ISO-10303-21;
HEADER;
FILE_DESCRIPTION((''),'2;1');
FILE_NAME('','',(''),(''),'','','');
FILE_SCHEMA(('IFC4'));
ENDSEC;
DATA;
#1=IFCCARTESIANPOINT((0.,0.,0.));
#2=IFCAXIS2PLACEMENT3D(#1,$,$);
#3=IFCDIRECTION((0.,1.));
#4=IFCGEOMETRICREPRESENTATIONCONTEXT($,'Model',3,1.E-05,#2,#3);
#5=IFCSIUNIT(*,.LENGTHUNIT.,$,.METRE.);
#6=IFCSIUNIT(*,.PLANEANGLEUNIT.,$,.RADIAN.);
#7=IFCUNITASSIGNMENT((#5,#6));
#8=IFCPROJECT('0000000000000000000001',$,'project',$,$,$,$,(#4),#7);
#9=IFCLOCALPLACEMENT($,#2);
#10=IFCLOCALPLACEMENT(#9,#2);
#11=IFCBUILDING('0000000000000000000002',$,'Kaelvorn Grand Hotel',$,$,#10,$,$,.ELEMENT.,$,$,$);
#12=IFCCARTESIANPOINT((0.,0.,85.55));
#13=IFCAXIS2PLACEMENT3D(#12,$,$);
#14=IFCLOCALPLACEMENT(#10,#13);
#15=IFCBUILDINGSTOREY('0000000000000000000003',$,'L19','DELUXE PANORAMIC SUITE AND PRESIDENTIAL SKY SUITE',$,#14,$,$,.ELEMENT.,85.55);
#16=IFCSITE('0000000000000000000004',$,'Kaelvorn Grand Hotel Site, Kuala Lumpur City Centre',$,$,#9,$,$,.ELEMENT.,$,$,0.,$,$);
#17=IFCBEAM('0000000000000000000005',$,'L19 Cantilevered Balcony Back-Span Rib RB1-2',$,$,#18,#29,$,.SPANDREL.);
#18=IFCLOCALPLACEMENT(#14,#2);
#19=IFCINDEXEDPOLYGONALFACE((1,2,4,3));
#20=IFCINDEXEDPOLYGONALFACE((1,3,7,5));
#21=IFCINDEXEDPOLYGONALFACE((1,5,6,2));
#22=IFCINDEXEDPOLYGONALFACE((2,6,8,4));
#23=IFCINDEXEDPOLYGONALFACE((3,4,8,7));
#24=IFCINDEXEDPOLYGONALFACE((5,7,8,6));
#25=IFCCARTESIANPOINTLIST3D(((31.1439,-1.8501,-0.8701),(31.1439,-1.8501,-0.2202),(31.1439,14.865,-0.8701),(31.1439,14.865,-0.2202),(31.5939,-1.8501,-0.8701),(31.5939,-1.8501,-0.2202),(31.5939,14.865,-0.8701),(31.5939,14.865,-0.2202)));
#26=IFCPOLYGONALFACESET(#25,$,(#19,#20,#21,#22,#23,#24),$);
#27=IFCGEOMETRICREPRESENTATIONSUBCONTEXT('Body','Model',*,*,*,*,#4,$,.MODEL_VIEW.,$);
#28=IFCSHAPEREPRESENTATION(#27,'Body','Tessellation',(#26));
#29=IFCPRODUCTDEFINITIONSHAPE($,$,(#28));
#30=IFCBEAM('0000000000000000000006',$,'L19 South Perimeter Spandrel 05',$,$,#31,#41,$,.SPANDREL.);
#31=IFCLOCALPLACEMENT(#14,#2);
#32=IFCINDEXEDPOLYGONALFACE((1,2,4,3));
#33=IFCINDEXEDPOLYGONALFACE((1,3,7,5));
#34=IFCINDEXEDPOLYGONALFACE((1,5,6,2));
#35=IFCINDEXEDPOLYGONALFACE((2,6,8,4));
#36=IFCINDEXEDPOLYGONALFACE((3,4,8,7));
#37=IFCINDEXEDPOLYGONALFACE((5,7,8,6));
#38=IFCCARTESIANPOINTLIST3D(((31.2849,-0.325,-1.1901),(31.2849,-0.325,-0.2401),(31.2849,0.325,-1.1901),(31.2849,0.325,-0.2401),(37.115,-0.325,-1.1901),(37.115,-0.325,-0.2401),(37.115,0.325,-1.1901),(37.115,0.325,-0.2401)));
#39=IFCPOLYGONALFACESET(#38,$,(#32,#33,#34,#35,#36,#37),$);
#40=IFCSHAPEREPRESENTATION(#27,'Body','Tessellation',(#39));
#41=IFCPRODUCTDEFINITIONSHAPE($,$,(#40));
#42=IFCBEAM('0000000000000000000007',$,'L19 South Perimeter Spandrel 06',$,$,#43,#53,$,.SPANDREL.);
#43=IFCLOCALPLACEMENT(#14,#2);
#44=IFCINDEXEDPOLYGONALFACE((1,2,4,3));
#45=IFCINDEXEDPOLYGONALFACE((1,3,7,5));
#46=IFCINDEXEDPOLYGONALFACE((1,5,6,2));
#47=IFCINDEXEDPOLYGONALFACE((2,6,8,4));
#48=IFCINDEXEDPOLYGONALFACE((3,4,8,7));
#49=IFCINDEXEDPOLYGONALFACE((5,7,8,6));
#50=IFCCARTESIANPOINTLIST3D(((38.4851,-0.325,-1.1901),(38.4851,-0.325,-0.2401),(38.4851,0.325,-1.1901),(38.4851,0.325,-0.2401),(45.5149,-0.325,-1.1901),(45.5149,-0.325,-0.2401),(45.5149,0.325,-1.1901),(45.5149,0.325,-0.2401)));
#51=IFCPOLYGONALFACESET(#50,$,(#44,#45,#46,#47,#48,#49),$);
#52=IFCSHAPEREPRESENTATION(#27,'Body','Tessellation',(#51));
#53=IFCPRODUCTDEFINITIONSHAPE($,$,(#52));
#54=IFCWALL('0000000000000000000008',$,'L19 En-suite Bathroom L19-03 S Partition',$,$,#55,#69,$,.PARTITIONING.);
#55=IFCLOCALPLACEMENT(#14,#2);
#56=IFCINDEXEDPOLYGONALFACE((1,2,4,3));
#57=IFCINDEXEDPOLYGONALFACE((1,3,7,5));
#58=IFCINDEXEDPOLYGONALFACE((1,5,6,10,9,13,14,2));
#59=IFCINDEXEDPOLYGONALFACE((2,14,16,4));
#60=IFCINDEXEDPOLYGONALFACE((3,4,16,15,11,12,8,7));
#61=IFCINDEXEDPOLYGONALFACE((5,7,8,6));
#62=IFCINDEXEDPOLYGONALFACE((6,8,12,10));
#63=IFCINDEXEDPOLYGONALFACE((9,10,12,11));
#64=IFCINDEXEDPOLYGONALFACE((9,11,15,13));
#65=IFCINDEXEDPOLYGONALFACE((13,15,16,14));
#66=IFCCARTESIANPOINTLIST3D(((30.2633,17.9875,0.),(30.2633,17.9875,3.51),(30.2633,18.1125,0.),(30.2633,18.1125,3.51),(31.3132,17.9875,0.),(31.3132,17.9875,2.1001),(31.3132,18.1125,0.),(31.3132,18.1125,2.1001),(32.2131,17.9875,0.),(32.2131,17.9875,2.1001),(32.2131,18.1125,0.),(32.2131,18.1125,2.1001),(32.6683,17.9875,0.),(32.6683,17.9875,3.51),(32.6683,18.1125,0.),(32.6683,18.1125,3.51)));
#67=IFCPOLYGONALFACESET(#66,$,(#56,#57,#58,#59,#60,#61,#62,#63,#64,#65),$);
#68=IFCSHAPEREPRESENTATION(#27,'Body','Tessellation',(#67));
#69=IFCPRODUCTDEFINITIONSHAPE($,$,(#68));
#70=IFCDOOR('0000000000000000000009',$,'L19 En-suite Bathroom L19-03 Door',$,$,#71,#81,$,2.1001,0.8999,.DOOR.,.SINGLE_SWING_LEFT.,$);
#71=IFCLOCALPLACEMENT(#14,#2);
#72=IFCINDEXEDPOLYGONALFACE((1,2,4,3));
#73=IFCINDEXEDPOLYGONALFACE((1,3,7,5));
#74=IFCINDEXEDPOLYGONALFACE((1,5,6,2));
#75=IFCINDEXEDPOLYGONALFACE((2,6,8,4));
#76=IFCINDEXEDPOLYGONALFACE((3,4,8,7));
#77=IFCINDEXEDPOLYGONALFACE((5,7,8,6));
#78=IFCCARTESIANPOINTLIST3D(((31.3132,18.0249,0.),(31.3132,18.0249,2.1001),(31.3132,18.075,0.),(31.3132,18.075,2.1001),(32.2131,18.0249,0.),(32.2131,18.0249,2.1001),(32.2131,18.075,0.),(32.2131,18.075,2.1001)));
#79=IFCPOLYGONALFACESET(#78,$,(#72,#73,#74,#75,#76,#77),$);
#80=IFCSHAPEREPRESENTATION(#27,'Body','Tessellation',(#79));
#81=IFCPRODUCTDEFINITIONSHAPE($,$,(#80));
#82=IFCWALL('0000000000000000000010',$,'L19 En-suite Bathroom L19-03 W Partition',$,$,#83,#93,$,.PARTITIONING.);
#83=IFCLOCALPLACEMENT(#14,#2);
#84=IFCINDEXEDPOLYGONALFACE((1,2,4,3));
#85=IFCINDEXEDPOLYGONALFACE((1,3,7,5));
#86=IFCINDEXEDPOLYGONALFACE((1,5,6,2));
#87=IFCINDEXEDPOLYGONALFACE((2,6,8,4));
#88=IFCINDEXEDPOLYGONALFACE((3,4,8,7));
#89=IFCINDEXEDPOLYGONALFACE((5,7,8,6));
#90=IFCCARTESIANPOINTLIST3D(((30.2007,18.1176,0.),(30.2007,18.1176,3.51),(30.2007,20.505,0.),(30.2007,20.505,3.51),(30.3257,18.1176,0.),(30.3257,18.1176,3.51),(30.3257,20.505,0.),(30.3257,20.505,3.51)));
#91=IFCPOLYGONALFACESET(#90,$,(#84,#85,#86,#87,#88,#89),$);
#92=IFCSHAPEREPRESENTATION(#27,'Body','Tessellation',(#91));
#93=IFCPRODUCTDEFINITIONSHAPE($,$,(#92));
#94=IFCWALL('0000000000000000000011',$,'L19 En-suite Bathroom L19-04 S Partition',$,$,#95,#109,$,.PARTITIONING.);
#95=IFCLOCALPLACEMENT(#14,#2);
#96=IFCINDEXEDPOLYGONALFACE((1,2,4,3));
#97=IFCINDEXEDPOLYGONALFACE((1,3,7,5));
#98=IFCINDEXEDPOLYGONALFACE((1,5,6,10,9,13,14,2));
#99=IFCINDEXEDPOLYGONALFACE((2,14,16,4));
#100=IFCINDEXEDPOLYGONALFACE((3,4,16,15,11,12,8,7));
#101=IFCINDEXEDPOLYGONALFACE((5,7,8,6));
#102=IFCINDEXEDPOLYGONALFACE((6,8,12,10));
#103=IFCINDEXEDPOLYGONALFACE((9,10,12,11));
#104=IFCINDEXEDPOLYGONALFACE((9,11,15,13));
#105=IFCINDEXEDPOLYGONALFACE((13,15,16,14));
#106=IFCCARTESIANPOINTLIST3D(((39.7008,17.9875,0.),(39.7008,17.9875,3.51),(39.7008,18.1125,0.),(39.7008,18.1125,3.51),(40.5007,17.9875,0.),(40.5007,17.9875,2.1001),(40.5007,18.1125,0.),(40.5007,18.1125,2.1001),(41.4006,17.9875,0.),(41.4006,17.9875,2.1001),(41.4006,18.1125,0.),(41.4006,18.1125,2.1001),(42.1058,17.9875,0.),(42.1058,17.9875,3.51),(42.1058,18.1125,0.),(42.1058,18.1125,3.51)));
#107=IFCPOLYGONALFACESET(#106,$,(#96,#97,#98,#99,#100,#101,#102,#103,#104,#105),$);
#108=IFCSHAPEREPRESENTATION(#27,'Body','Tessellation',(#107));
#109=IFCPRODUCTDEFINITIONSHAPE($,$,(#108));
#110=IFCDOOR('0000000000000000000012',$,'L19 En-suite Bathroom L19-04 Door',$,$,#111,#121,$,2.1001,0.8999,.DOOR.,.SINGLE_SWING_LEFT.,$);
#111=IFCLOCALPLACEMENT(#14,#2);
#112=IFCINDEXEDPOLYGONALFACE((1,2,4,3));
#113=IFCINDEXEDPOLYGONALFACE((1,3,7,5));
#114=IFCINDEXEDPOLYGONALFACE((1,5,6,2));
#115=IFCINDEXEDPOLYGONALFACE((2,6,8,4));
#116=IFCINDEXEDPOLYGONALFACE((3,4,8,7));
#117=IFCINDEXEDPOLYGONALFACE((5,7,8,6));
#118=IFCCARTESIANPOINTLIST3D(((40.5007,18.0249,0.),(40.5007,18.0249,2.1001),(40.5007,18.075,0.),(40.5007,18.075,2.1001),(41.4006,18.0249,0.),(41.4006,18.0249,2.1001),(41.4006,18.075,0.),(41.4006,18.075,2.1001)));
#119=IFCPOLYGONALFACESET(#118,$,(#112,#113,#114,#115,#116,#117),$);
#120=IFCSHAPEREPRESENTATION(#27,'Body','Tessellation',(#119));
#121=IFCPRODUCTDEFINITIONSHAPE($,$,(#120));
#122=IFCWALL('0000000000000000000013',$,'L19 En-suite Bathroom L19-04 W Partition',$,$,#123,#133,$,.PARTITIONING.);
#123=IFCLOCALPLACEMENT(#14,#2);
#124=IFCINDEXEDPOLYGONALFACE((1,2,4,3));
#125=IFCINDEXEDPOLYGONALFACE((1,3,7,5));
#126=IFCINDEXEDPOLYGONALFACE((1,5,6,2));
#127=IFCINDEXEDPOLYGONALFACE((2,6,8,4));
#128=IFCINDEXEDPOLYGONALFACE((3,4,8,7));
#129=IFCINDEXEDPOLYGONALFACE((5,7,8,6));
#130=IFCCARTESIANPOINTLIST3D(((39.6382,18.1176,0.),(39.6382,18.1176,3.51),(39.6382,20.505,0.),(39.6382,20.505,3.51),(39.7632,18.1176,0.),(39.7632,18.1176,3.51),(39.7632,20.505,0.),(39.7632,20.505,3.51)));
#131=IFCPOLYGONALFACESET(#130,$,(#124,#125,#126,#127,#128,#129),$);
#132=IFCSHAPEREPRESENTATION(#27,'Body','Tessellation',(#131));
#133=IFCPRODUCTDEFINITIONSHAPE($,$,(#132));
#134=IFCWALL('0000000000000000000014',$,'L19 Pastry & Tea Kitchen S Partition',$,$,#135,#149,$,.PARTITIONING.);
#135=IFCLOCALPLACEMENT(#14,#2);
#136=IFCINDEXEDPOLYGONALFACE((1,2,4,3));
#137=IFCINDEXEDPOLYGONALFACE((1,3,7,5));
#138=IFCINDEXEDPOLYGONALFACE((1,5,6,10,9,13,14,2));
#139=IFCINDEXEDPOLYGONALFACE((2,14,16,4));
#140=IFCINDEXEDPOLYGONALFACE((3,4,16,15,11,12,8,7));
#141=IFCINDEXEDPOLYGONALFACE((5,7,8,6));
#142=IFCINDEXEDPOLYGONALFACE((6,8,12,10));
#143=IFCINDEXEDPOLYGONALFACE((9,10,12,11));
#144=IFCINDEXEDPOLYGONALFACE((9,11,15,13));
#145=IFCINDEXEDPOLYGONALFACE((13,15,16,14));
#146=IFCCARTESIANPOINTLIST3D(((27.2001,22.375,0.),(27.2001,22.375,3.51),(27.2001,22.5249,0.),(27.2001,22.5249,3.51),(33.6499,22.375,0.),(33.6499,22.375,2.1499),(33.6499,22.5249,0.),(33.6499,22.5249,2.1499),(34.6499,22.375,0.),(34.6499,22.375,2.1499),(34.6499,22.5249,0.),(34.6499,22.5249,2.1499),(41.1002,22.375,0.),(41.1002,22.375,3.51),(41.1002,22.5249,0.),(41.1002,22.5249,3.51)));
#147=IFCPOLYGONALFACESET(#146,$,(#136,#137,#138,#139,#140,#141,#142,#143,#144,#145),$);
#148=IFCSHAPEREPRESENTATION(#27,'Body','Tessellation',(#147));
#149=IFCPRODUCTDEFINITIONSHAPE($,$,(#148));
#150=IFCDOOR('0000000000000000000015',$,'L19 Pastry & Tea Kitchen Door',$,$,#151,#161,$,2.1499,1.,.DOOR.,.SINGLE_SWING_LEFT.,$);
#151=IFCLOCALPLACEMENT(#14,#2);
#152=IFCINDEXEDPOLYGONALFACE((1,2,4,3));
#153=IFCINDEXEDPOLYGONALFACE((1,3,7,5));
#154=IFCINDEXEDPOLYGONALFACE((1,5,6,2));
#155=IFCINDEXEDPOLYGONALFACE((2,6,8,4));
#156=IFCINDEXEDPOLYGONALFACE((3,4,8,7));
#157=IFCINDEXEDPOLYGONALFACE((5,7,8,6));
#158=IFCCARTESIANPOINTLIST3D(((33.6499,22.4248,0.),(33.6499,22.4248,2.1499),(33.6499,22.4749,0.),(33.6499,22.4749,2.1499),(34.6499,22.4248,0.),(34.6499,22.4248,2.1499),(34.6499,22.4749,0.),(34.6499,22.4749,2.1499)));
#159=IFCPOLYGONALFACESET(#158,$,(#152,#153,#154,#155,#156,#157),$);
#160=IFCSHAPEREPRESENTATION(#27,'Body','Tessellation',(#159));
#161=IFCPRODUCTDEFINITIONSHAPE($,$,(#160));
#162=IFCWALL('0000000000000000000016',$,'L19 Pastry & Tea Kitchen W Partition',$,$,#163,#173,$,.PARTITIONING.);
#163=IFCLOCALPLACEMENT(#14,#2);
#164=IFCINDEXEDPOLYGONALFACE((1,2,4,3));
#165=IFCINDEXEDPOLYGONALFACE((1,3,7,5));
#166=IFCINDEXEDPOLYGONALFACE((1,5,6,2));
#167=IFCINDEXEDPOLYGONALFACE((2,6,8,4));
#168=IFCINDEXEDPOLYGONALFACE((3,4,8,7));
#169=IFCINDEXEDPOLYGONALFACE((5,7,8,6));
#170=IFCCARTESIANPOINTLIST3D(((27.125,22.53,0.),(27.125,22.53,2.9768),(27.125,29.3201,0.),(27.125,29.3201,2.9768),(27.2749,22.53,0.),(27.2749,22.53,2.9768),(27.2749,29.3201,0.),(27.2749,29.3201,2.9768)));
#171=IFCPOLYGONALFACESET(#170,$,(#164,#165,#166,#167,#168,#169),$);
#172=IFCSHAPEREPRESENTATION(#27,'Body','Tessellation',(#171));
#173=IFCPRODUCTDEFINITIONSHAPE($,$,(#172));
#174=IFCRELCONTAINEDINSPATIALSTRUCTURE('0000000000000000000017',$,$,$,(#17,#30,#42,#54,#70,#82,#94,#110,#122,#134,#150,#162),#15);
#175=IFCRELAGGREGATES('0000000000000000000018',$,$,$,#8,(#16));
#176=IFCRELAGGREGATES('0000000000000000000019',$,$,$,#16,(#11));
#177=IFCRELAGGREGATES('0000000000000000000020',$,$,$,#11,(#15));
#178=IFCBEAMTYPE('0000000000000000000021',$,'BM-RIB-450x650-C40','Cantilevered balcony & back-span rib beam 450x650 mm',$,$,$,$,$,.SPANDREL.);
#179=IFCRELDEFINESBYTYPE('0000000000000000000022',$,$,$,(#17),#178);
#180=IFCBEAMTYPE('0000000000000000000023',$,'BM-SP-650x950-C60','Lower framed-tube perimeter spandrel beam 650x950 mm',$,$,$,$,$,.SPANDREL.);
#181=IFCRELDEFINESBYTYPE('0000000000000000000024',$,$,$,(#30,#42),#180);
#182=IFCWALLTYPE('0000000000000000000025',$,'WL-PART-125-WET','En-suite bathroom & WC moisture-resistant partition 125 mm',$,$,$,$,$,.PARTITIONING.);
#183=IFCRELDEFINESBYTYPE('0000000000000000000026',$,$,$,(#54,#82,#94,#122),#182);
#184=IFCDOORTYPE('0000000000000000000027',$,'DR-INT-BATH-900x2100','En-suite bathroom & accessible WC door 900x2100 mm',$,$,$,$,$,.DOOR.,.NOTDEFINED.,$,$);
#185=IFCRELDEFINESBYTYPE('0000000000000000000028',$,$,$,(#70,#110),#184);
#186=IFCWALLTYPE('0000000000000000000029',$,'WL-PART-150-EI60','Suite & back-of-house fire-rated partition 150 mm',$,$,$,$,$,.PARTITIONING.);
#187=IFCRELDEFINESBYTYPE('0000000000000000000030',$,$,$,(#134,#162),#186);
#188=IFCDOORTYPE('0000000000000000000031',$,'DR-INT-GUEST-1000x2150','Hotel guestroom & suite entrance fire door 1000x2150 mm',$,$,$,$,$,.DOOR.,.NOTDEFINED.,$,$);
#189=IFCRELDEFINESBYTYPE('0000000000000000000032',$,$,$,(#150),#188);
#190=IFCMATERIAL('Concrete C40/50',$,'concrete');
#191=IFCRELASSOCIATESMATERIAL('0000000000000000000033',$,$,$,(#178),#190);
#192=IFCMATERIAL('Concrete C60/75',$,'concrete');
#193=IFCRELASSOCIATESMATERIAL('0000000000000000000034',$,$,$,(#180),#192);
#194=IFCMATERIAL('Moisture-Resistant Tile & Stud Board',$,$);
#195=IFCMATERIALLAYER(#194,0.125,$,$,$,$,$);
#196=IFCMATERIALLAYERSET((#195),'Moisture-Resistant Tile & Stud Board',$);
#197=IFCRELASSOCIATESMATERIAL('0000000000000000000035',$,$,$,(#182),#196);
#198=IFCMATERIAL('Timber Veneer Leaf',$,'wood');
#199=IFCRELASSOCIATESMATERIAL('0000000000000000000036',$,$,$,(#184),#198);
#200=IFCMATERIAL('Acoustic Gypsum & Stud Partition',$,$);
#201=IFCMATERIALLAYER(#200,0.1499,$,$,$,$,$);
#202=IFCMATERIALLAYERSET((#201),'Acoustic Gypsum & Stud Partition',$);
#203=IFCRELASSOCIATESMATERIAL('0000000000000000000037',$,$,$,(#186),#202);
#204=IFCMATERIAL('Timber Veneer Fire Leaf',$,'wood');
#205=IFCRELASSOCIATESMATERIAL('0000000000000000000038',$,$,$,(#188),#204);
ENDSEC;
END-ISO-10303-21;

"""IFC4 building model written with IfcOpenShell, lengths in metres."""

from ifc_helpers import new_model, si_unit, direction, frame, frame_2d, origin, origin_2d, place, context, subcontext, project, spatial, rectangle, extrude, material, layer, layer_set, material_profile, profile_set, type_object, element, fill, save


model = new_model("IFC4")

# Units and contexts
model_context = context("Model", 3, precision=1e-05, world=origin(), true_north=direction((0.0, 1.0)))
body_context = subcontext(model_context, "Body", "Model", "MODEL_VIEW")
ifc_project = project(units=[si_unit("LENGTHUNIT", "METRE"), si_unit("PLANEANGLEUNIT", "RADIAN")], contexts=[model_context])

# Site, building, storey
site_placement = place(None, origin())
site = spatial("IfcSite", under=ifc_project, at=site_placement, Name="Kaelvorn Grand Hotel Site, Kuala Lumpur City Centre", CompositionType="ELEMENT", RefElevation=0.0)
building_placement = place(site_placement, origin())
building = spatial("IfcBuilding", under=site, at=building_placement, Name="Kaelvorn Grand Hotel", CompositionType="ELEMENT")
storey_placement = place(building_placement, frame((0.0, 0.0, 85.55)))
storey = spatial("IfcBuildingStorey", under=building, at=storey_placement, Name="L19", Description="DELUXE PANORAMIC SUITE AND PRESIDENTIAL SKY SUITE", CompositionType="ELEMENT", Elevation=85.55)

# Shared definitions
ifc_material_1 = material(Name="Concrete C60/75", Category="concrete")

# Beams
ifc_material_2 = material(Name="Concrete C40/50", Category="concrete")
ifc_material_profile_1 = material_profile(ifc_material_2, rectangle(XDim=0.45, YDim=0.6499, at=origin_2d()), Name="RC RIB 450x650")
ifc_profile_set_1 = profile_set([ifc_material_profile_1], Name="Concrete C40/50")
beam_type_1 = type_object("IfcBeamType", Name="BM-RIB-450x650-C40", Description="Cantilevered balcony & back-span rib beam 450x650 mm", PredefinedType="SPANDREL", material=ifc_profile_set_1)
beam_1_placement = place(storey_placement, frame((31.3689, -1.8501, -0.5452), z_axis=(0.0, 1.0, 0.0), x_axis=(-1.0, 0.0, 0.0)))
element("IfcBeam", 1, at=beam_1_placement, inside=storey, type_object=beam_type_1, Name="L19 Cantilevered Balcony Back-Span Rib RB1-2", PredefinedType="SPANDREL", context=body_context, shape_type="SweptSolid", body=[
    extrude(rectangle(XDim=0.45, YDim=0.6499, at=origin_2d()), origin(), (0.0, 0.0, 1.0), 16.7151),
])
ifc_material_profile_2 = material_profile(ifc_material_1, rectangle(XDim=0.6499, YDim=0.95, at=origin_2d()), Name="RC SPANDREL 650x950")
ifc_profile_set_2 = profile_set([ifc_material_profile_2], Name="Concrete C60/75")
beam_type_2 = type_object("IfcBeamType", Name="BM-SP-650x950-C60", Description="Lower framed-tube perimeter spandrel beam 650x950 mm", PredefinedType="SPANDREL", material=ifc_profile_set_2)
beam_2_placement = place(storey_placement, frame((31.2849, 0.0, -0.7151), z_axis=(1.0, 0.0, 0.0), x_axis=(0.0, 1.0, 0.0)))
element("IfcBeam", 2, at=beam_2_placement, inside=storey, type_object=beam_type_2, Name="L19 South Perimeter Spandrel 05", PredefinedType="SPANDREL", context=body_context, shape_type="SweptSolid", body=[
    extrude(rectangle(XDim=0.6499, YDim=0.95, at=origin_2d()), origin(), (0.0, 0.0, 1.0), 5.8301),
])
beam_3_placement = place(storey_placement, frame((38.4851, 0.0, -0.7151), z_axis=(1.0, 0.0, 0.0), x_axis=(0.0, 1.0, 0.0)))
element("IfcBeam", 3, at=beam_3_placement, inside=storey, type_object=beam_type_2, Name="L19 South Perimeter Spandrel 06", PredefinedType="SPANDREL", context=body_context, shape_type="SweptSolid", body=[
    extrude(rectangle(XDim=0.6499, YDim=0.95, at=origin_2d()), origin(), (0.0, 0.0, 1.0), 7.0298),
])

# Wall, opening, door
ifc_material_3 = material(Name="Moisture-Resistant Tile & Stud Board")
ifc_layer_1 = layer(ifc_material_3, 0.125)
ifc_layer_set_1 = layer_set([ifc_layer_1], Name="Moisture-Resistant Tile & Stud Board")
wall_type_1 = type_object("IfcWallType", Name="WL-PART-125-WET", Description="En-suite bathroom & WC moisture-resistant partition 125 mm", PredefinedType="PARTITIONING", material=ifc_layer_set_1)
wall_1_placement = place(storey_placement, frame((30.2632, 18.05, 0.0), z_axis=(0.0, 0.0, 1.0), x_axis=(1.0, 0.0, 0.0)))
wall_1 = element("IfcWall", 4, at=wall_1_placement, inside=storey, type_object=wall_type_1, Name="L19 En-suite Bathroom L19-03 S Partition", PredefinedType="PARTITIONING", context=body_context, shape_type="SweptSolid", body=[
    extrude(rectangle(XDim=2.405, YDim=0.125, at=frame_2d((1.2026, 0.0))), origin(), (0.0, 0.0, 1.0), 3.51),
])
opening_1_placement = place(wall_1_placement, frame((1.05, 0.0, 0.0)))
opening_1 = element("IfcOpeningElement", 5, at=opening_1_placement, cuts=wall_1, PredefinedType="OPENING", context=body_context, shape_type="SweptSolid", body=[
    extrude(rectangle(XDim=0.8999, YDim=2.1001, at=frame_2d((0.45, 1.05))), frame((0.0, 0.0725, 0.0), z_axis=(0.0, -1.0, 0.0), x_axis=(1.0, 0.0, 0.0)), (0.0, 0.0, 1.0), 0.145),
])
ifc_material_4 = material(Name="Timber Veneer Leaf", Category="wood")
door_type_1 = type_object("IfcDoorType", Name="DR-INT-BATH-900x2100", Description="En-suite bathroom & accessible WC door 900x2100 mm", OperationType="NOTDEFINED", PredefinedType="DOOR", material=ifc_material_4)
door_1_placement = place(opening_1_placement, origin())
door_1 = element("IfcDoor", 6, at=door_1_placement, inside=storey, type_object=door_type_1, Name="L19 En-suite Bathroom L19-03 Door", OperationType="SINGLE_SWING_LEFT", OverallHeight=2.1001, OverallWidth=0.8999, PredefinedType="DOOR", context=body_context, shape_type="SweptSolid", body=[
    extrude(rectangle(XDim=0.8999, YDim=2.1001, at=frame_2d((0.45, 1.05))), frame((0.0, 0.0249, 0.0), z_axis=(0.0, -1.0, 0.0), x_axis=(1.0, 0.0, 0.0)), (0.0, 0.0, 1.0), 0.05),
])
fill(opening_1, door_1)

# Wall
wall_2_placement = place(storey_placement, frame((30.2632, 18.1174, 0.0), z_axis=(0.0, 0.0, 1.0), x_axis=(0.0, 1.0, 0.0)))
element("IfcWall", 7, at=wall_2_placement, inside=storey, type_object=wall_type_1, Name="L19 En-suite Bathroom L19-03 W Partition", PredefinedType="PARTITIONING", context=body_context, shape_type="SweptSolid", body=[
    extrude(rectangle(XDim=2.3875, YDim=0.125, at=frame_2d((1.1938, 0.0))), origin(), (0.0, 0.0, 1.0), 3.51),
])

# Wall, opening, door
wall_3_placement = place(storey_placement, frame((39.7007, 18.05, 0.0), z_axis=(0.0, 0.0, 1.0), x_axis=(1.0, 0.0, 0.0)))
wall_3 = element("IfcWall", 8, at=wall_3_placement, inside=storey, type_object=wall_type_1, Name="L19 En-suite Bathroom L19-04 S Partition", PredefinedType="PARTITIONING", context=body_context, shape_type="SweptSolid", body=[
    extrude(rectangle(XDim=2.405, YDim=0.125, at=frame_2d((1.2026, 0.0))), origin(), (0.0, 0.0, 1.0), 3.51),
])
opening_2_placement = place(wall_3_placement, frame((0.8, 0.0, 0.0)))
opening_2 = element("IfcOpeningElement", 9, at=opening_2_placement, cuts=wall_3, PredefinedType="OPENING", context=body_context, shape_type="SweptSolid", body=[
    extrude(rectangle(XDim=0.8999, YDim=2.1001, at=frame_2d((0.45, 1.05))), frame((0.0, 0.0725, 0.0), z_axis=(0.0, -1.0, 0.0), x_axis=(1.0, 0.0, 0.0)), (0.0, 0.0, 1.0), 0.145),
])
door_2_placement = place(opening_2_placement, origin())
door_2 = element("IfcDoor", 10, at=door_2_placement, inside=storey, type_object=door_type_1, Name="L19 En-suite Bathroom L19-04 Door", OperationType="SINGLE_SWING_LEFT", OverallHeight=2.1001, OverallWidth=0.8999, PredefinedType="DOOR", context=body_context, shape_type="SweptSolid", body=[
    extrude(rectangle(XDim=0.8999, YDim=2.1001, at=frame_2d((0.45, 1.05))), frame((0.0, 0.0249, 0.0), z_axis=(0.0, -1.0, 0.0), x_axis=(1.0, 0.0, 0.0)), (0.0, 0.0, 1.0), 0.05),
])
fill(opening_2, door_2)

# Wall
wall_4_placement = place(storey_placement, frame((39.7007, 18.1174, 0.0), z_axis=(0.0, 0.0, 1.0), x_axis=(0.0, 1.0, 0.0)))
element("IfcWall", 11, at=wall_4_placement, inside=storey, type_object=wall_type_1, Name="L19 En-suite Bathroom L19-04 W Partition", PredefinedType="PARTITIONING", context=body_context, shape_type="SweptSolid", body=[
    extrude(rectangle(XDim=2.3875, YDim=0.125, at=frame_2d((1.1938, 0.0))), origin(), (0.0, 0.0, 1.0), 3.51),
])

# Wall, opening, door
ifc_material_5 = material(Name="Acoustic Gypsum & Stud Partition")
ifc_layer_2 = layer(ifc_material_5, 0.1499)
ifc_layer_set_2 = layer_set([ifc_layer_2], Name="Acoustic Gypsum & Stud Partition")
wall_type_2 = type_object("IfcWallType", Name="WL-PART-150-EI60", Description="Suite & back-of-house fire-rated partition 150 mm", PredefinedType="PARTITIONING", material=ifc_layer_set_2)
wall_5_placement = place(storey_placement, frame((27.2, 22.45, 0.0), z_axis=(0.0, 0.0, 1.0), x_axis=(1.0, 0.0, 0.0)))
wall_5 = element("IfcWall", 12, at=wall_5_placement, inside=storey, type_object=wall_type_2, Name="L19 Pastry & Tea Kitchen S Partition", PredefinedType="PARTITIONING", context=body_context, shape_type="SweptSolid", body=[
    extrude(rectangle(XDim=13.9001, YDim=0.1499, at=frame_2d((6.9502, 0.0))), origin(), (0.0, 0.0, 1.0), 3.51),
])
opening_3_placement = place(wall_5_placement, frame((6.45, 0.0, 0.0)))
opening_3 = element("IfcOpeningElement", 13, at=opening_3_placement, cuts=wall_5, PredefinedType="OPENING", context=body_context, shape_type="SweptSolid", body=[
    extrude(rectangle(XDim=1.0, YDim=2.1499, at=frame_2d((0.5, 1.075))), frame((0.0, 0.085, 0.0), z_axis=(0.0, -1.0, 0.0), x_axis=(1.0, 0.0, 0.0)), (0.0, 0.0, 1.0), 0.1699),
])
ifc_material_6 = material(Name="Timber Veneer Fire Leaf", Category="wood")
door_type_2 = type_object("IfcDoorType", Name="DR-INT-GUEST-1000x2150", Description="Hotel guestroom & suite entrance fire door 1000x2150 mm", OperationType="NOTDEFINED", PredefinedType="DOOR", material=ifc_material_6)
door_3_placement = place(opening_3_placement, origin())
door_3 = element("IfcDoor", 14, at=door_3_placement, inside=storey, type_object=door_type_2, Name="L19 Pastry & Tea Kitchen Door", OperationType="SINGLE_SWING_LEFT", OverallHeight=2.1499, OverallWidth=1.0, PredefinedType="DOOR", context=body_context, shape_type="SweptSolid", body=[
    extrude(rectangle(XDim=1.0, YDim=2.1499, at=frame_2d((0.5, 1.075))), frame((0.0, 0.0249, 0.0), z_axis=(0.0, -1.0, 0.0), x_axis=(1.0, 0.0, 0.0)), (0.0, 0.0, 1.0), 0.05),
])
fill(opening_3, door_3)

# Wall
wall_6_placement = place(storey_placement, frame((27.2, 22.53, 0.0), z_axis=(0.0, 0.0, 1.0), x_axis=(0.0, 1.0, 0.0)))
element("IfcWall", 15, at=wall_6_placement, inside=storey, type_object=wall_type_2, Name="L19 Pastry & Tea Kitchen W Partition", PredefinedType="PARTITIONING", context=body_context, shape_type="SweptSolid", body=[
    extrude(rectangle(XDim=6.79, YDim=0.1499, at=frame_2d((3.395, 0.0))), origin(), (0.0, 0.0, 1.0), 2.9768),
])

save(model, "model.ifc")
